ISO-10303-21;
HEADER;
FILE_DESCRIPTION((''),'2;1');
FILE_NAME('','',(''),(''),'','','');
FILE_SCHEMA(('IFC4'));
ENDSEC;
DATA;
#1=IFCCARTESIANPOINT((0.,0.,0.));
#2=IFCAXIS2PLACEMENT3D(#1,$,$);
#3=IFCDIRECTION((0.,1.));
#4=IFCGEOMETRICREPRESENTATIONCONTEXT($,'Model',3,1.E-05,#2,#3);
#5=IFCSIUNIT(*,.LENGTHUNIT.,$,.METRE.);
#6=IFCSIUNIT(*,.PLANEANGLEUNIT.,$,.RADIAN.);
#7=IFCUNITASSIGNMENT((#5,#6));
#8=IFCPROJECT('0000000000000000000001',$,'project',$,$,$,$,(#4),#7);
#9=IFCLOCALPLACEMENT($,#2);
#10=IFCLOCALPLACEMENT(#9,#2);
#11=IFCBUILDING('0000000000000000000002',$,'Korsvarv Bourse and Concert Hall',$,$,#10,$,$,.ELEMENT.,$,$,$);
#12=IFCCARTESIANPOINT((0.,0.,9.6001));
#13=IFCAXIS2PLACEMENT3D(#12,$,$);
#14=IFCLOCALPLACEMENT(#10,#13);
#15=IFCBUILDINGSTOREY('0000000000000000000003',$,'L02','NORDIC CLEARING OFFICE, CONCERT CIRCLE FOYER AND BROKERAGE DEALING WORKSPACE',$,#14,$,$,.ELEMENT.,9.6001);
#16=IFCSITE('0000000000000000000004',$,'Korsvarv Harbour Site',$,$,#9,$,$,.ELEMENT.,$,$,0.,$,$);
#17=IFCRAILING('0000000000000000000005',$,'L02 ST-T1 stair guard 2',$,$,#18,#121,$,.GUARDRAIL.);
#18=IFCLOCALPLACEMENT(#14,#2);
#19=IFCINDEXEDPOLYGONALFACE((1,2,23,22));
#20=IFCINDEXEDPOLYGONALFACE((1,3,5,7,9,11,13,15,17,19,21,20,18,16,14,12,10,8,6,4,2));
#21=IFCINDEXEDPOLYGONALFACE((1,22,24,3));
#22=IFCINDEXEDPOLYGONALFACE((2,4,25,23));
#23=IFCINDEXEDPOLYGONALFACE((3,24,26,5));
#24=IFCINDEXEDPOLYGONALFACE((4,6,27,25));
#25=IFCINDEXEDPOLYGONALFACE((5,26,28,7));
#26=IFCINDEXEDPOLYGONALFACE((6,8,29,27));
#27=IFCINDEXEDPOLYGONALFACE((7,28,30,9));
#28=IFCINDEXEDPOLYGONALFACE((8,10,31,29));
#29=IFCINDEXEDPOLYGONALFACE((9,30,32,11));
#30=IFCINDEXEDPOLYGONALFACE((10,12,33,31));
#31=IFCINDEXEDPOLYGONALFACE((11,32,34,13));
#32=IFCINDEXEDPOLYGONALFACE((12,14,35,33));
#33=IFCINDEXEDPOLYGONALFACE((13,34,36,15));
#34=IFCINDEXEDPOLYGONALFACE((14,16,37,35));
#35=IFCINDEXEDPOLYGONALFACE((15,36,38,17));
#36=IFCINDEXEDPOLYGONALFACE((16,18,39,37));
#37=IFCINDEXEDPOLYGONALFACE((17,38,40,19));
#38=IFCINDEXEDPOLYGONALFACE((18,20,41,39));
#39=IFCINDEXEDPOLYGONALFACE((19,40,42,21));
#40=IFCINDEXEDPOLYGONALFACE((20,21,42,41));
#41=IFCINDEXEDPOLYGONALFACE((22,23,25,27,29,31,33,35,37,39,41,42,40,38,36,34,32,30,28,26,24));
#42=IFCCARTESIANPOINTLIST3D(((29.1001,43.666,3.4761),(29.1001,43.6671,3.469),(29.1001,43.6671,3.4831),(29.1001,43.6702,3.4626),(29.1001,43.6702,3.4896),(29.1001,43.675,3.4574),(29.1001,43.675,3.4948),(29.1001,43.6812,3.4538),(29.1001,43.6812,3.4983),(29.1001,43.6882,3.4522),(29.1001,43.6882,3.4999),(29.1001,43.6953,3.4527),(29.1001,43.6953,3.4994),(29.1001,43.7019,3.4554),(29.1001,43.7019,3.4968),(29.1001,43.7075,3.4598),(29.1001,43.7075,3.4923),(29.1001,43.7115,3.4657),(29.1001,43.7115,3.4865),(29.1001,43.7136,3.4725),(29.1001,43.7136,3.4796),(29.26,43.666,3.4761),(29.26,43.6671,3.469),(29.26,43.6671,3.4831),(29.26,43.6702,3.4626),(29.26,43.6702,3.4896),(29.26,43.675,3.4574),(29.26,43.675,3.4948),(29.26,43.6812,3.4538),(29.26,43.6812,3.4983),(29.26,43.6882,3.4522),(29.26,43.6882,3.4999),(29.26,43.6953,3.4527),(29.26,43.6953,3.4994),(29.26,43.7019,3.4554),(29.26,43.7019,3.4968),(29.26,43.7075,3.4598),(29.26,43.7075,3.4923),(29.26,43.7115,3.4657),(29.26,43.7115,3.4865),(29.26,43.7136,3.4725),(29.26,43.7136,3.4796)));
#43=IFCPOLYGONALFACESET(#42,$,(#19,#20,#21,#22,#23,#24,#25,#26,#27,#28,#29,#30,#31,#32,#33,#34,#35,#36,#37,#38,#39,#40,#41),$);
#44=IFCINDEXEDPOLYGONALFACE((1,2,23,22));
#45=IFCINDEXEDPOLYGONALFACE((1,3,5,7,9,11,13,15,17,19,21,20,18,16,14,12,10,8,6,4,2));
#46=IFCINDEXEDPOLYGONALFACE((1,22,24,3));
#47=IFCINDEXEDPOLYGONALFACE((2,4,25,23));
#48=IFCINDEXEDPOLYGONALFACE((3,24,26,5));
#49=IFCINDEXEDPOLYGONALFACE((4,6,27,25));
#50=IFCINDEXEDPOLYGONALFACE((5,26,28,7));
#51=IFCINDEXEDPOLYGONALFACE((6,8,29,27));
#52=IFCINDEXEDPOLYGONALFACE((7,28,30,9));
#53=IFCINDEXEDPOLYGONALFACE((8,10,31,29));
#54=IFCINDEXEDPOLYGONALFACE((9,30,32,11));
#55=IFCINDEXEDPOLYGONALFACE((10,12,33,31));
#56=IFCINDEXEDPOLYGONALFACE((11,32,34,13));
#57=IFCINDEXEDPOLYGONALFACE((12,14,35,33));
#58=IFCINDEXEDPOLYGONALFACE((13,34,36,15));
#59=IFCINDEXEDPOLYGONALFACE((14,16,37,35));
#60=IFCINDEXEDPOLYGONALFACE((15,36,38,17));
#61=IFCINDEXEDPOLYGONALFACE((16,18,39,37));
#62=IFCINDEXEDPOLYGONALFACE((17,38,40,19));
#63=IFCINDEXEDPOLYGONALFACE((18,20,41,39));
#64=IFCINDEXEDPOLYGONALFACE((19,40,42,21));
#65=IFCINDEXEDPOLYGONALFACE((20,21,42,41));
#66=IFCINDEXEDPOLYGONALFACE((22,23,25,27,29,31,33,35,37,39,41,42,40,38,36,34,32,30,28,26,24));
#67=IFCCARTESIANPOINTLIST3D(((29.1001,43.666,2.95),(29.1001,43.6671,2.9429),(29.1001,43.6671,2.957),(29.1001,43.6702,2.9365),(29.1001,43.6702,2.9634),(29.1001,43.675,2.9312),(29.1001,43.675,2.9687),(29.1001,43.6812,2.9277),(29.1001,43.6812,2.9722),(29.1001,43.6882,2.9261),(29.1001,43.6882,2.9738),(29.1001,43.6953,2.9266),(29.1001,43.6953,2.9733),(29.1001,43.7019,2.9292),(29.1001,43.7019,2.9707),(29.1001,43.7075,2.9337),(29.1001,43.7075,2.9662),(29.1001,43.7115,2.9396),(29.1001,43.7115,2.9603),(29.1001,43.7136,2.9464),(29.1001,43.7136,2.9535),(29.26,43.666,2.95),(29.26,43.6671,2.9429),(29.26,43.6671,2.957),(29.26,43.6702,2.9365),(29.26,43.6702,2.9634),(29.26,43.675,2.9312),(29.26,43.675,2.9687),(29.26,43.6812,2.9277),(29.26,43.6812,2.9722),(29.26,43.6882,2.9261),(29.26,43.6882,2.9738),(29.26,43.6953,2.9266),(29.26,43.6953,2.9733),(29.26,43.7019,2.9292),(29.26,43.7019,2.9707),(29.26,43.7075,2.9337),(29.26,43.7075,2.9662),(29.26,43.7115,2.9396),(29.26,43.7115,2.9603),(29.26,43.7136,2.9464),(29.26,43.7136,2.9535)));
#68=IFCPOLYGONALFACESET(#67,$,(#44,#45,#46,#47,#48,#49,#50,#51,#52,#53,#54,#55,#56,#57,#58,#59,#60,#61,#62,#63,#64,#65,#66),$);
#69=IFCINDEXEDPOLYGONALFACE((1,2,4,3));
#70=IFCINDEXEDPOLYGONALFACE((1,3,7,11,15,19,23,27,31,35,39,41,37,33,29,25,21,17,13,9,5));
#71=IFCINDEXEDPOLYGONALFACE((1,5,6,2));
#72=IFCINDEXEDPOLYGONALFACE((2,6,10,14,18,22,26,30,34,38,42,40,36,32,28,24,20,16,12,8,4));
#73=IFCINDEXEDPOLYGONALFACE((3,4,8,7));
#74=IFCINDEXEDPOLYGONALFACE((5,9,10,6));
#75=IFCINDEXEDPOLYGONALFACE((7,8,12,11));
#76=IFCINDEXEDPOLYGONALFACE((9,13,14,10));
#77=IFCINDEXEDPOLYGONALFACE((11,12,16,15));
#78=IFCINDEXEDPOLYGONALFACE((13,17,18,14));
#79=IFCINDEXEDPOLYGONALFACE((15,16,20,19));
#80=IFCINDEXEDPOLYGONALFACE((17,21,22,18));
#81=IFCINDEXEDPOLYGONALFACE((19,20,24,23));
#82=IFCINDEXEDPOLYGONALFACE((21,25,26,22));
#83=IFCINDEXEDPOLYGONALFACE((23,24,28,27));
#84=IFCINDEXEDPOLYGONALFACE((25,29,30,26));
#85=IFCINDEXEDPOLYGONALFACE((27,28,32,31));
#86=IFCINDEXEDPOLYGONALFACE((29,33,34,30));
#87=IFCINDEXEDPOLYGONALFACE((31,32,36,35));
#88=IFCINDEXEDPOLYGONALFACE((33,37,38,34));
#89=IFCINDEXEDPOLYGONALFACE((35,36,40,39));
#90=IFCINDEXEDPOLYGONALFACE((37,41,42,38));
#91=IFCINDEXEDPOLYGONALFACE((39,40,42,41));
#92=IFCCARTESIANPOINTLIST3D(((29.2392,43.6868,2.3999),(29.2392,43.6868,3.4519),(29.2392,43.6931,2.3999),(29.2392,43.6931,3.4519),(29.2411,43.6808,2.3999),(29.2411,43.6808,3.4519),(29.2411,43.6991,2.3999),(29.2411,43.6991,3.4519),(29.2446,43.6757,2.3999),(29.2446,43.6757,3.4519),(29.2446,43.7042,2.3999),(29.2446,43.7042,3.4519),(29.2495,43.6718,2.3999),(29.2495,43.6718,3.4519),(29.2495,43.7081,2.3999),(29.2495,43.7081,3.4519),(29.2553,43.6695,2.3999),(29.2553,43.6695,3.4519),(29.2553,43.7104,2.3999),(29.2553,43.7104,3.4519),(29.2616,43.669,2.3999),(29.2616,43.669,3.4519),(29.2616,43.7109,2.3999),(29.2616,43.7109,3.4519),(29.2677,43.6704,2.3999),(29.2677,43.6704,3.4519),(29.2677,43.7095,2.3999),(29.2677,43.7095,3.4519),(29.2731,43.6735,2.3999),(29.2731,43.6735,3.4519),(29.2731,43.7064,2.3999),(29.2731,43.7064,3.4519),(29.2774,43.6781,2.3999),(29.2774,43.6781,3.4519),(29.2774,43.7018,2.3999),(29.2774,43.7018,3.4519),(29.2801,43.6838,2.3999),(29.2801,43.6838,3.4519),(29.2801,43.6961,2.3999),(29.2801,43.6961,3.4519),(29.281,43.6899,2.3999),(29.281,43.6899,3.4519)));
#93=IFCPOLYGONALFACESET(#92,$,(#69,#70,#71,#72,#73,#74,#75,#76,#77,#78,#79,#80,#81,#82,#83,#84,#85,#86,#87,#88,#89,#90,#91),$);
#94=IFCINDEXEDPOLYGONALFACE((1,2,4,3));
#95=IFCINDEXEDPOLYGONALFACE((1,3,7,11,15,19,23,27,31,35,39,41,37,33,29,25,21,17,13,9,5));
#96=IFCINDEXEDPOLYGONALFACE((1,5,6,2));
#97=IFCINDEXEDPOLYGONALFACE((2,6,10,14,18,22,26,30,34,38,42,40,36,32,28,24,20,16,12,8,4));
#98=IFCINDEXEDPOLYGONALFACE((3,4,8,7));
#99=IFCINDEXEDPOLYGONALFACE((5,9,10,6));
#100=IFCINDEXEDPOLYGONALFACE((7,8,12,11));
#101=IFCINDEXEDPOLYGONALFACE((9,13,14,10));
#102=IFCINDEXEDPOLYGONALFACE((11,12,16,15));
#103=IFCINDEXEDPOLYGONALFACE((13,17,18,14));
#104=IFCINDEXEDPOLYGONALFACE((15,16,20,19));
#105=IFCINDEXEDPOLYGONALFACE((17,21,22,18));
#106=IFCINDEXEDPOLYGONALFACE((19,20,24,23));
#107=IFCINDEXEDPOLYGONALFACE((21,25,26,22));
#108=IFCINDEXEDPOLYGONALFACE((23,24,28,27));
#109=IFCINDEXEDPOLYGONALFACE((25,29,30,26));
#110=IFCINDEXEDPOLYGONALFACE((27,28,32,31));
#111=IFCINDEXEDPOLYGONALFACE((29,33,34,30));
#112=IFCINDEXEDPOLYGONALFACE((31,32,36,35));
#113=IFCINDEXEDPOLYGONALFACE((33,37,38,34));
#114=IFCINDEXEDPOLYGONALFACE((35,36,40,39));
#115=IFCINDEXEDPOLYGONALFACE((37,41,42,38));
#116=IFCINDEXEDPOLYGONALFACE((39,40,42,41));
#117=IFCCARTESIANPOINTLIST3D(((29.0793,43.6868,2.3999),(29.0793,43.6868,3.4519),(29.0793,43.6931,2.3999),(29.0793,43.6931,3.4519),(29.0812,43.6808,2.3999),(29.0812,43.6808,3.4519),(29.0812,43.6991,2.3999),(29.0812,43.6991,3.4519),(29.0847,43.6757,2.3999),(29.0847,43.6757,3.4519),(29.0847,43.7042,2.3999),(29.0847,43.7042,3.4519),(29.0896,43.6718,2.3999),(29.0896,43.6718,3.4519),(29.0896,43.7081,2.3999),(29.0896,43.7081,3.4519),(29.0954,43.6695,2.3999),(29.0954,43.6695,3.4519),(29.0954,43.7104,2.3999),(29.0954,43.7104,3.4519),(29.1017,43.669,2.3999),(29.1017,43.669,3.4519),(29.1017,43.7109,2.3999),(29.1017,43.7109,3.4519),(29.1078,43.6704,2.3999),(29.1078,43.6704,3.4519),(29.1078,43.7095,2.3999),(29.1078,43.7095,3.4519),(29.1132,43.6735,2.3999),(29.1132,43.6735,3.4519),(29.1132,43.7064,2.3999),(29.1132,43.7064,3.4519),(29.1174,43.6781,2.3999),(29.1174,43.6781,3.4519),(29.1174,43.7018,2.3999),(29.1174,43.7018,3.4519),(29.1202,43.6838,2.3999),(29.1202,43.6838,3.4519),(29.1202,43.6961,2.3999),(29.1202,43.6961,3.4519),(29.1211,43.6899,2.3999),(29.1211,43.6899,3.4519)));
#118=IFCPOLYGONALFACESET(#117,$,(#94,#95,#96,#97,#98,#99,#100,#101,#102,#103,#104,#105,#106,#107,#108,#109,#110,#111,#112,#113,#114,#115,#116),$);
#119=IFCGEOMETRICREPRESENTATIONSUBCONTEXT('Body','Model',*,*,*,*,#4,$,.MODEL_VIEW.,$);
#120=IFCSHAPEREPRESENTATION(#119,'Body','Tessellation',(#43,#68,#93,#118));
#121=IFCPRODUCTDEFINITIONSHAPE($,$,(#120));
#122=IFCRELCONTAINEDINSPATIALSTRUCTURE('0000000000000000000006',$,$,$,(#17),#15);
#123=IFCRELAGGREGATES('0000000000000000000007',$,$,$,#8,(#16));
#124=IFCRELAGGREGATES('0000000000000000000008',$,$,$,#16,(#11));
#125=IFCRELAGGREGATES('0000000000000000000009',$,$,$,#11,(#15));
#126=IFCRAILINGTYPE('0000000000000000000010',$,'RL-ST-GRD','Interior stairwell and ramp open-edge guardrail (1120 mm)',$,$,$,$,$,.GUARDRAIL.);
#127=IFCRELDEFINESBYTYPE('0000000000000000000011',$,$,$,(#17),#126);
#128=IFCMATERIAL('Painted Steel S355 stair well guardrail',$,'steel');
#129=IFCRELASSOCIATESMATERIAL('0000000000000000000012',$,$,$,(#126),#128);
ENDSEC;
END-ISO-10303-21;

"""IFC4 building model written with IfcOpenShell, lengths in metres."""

from ifc_helpers import new_model, si_unit, direction, frame, origin, origin_2d, place, context, subcontext, project, spatial, circle, extrude, material, type_object, element, save


model = new_model("IFC4")

# Units and contexts
model_context = context("Model", 3, precision=1e-05, world=origin(), true_north=direction((0.0, 1.0)))
body_context = subcontext(model_context, "Body", "Model", "MODEL_VIEW")
ifc_project = project(units=[si_unit("LENGTHUNIT", "METRE"), si_unit("PLANEANGLEUNIT", "RADIAN")], contexts=[model_context])

# Site, building, storey
site_placement = place(None, origin())
site = spatial("IfcSite", under=ifc_project, at=site_placement, Name="Korsvarv Harbour Site", CompositionType="ELEMENT", RefElevation=0.0)
building_placement = place(site_placement, origin())
building = spatial("IfcBuilding", under=site, at=building_placement, Name="Korsvarv Bourse and Concert Hall", CompositionType="ELEMENT")
storey_placement = place(building_placement, frame((0.0, 0.0, 9.6001)))
storey = spatial("IfcBuildingStorey", under=building, at=storey_placement, Name="L02", Description="NORDIC CLEARING OFFICE, CONCERT CIRCLE FOYER AND BROKERAGE DEALING WORKSPACE", CompositionType="ELEMENT", Elevation=9.6001)

# Railing
ifc_material_1 = material(Name="Painted Steel S355 stair well guardrail", Category="steel")
railing_type_1 = type_object("IfcRailingType", Name="RL-ST-GRD", Description="Interior stairwell and ramp open-edge guardrail (1120 mm)", PredefinedType="GUARDRAIL", material=ifc_material_1)
railing_1_placement = place(storey_placement, frame((29.26, 43.6899, 2.3999)))
element("IfcRailing", 1, at=railing_1_placement, inside=storey, type_object=railing_type_1, Name="L02 ST-T1 stair guard 2", PredefinedType="GUARDRAIL", context=body_context, shape_type="SweptSolid", body=[
    extrude(circle(Radius=0.0239, at=origin_2d()), frame((0.0, 0.0, 1.0762), z_axis=(-1.0, 0.0, 0.0), x_axis=(0.0, -1.0, 0.0)), (0.0, 0.0, 1.0), 0.1599),
    extrude(circle(Radius=0.0239, at=origin_2d()), frame((0.0, 0.0, 0.55), z_axis=(-1.0, 0.0, 0.0), x_axis=(0.0, -1.0, 0.0)), (0.0, 0.0, 1.0), 0.1599),
    extrude(circle(Radius=0.021, at=origin_2d()), origin(), (0.0, 0.0, 1.0), 1.052),
    extrude(circle(Radius=0.021, at=origin_2d()), frame((-0.1599, 0.0, 0.0)), (0.0, 0.0, 1.0), 1.052),
])

save(model, "model.ifc")
